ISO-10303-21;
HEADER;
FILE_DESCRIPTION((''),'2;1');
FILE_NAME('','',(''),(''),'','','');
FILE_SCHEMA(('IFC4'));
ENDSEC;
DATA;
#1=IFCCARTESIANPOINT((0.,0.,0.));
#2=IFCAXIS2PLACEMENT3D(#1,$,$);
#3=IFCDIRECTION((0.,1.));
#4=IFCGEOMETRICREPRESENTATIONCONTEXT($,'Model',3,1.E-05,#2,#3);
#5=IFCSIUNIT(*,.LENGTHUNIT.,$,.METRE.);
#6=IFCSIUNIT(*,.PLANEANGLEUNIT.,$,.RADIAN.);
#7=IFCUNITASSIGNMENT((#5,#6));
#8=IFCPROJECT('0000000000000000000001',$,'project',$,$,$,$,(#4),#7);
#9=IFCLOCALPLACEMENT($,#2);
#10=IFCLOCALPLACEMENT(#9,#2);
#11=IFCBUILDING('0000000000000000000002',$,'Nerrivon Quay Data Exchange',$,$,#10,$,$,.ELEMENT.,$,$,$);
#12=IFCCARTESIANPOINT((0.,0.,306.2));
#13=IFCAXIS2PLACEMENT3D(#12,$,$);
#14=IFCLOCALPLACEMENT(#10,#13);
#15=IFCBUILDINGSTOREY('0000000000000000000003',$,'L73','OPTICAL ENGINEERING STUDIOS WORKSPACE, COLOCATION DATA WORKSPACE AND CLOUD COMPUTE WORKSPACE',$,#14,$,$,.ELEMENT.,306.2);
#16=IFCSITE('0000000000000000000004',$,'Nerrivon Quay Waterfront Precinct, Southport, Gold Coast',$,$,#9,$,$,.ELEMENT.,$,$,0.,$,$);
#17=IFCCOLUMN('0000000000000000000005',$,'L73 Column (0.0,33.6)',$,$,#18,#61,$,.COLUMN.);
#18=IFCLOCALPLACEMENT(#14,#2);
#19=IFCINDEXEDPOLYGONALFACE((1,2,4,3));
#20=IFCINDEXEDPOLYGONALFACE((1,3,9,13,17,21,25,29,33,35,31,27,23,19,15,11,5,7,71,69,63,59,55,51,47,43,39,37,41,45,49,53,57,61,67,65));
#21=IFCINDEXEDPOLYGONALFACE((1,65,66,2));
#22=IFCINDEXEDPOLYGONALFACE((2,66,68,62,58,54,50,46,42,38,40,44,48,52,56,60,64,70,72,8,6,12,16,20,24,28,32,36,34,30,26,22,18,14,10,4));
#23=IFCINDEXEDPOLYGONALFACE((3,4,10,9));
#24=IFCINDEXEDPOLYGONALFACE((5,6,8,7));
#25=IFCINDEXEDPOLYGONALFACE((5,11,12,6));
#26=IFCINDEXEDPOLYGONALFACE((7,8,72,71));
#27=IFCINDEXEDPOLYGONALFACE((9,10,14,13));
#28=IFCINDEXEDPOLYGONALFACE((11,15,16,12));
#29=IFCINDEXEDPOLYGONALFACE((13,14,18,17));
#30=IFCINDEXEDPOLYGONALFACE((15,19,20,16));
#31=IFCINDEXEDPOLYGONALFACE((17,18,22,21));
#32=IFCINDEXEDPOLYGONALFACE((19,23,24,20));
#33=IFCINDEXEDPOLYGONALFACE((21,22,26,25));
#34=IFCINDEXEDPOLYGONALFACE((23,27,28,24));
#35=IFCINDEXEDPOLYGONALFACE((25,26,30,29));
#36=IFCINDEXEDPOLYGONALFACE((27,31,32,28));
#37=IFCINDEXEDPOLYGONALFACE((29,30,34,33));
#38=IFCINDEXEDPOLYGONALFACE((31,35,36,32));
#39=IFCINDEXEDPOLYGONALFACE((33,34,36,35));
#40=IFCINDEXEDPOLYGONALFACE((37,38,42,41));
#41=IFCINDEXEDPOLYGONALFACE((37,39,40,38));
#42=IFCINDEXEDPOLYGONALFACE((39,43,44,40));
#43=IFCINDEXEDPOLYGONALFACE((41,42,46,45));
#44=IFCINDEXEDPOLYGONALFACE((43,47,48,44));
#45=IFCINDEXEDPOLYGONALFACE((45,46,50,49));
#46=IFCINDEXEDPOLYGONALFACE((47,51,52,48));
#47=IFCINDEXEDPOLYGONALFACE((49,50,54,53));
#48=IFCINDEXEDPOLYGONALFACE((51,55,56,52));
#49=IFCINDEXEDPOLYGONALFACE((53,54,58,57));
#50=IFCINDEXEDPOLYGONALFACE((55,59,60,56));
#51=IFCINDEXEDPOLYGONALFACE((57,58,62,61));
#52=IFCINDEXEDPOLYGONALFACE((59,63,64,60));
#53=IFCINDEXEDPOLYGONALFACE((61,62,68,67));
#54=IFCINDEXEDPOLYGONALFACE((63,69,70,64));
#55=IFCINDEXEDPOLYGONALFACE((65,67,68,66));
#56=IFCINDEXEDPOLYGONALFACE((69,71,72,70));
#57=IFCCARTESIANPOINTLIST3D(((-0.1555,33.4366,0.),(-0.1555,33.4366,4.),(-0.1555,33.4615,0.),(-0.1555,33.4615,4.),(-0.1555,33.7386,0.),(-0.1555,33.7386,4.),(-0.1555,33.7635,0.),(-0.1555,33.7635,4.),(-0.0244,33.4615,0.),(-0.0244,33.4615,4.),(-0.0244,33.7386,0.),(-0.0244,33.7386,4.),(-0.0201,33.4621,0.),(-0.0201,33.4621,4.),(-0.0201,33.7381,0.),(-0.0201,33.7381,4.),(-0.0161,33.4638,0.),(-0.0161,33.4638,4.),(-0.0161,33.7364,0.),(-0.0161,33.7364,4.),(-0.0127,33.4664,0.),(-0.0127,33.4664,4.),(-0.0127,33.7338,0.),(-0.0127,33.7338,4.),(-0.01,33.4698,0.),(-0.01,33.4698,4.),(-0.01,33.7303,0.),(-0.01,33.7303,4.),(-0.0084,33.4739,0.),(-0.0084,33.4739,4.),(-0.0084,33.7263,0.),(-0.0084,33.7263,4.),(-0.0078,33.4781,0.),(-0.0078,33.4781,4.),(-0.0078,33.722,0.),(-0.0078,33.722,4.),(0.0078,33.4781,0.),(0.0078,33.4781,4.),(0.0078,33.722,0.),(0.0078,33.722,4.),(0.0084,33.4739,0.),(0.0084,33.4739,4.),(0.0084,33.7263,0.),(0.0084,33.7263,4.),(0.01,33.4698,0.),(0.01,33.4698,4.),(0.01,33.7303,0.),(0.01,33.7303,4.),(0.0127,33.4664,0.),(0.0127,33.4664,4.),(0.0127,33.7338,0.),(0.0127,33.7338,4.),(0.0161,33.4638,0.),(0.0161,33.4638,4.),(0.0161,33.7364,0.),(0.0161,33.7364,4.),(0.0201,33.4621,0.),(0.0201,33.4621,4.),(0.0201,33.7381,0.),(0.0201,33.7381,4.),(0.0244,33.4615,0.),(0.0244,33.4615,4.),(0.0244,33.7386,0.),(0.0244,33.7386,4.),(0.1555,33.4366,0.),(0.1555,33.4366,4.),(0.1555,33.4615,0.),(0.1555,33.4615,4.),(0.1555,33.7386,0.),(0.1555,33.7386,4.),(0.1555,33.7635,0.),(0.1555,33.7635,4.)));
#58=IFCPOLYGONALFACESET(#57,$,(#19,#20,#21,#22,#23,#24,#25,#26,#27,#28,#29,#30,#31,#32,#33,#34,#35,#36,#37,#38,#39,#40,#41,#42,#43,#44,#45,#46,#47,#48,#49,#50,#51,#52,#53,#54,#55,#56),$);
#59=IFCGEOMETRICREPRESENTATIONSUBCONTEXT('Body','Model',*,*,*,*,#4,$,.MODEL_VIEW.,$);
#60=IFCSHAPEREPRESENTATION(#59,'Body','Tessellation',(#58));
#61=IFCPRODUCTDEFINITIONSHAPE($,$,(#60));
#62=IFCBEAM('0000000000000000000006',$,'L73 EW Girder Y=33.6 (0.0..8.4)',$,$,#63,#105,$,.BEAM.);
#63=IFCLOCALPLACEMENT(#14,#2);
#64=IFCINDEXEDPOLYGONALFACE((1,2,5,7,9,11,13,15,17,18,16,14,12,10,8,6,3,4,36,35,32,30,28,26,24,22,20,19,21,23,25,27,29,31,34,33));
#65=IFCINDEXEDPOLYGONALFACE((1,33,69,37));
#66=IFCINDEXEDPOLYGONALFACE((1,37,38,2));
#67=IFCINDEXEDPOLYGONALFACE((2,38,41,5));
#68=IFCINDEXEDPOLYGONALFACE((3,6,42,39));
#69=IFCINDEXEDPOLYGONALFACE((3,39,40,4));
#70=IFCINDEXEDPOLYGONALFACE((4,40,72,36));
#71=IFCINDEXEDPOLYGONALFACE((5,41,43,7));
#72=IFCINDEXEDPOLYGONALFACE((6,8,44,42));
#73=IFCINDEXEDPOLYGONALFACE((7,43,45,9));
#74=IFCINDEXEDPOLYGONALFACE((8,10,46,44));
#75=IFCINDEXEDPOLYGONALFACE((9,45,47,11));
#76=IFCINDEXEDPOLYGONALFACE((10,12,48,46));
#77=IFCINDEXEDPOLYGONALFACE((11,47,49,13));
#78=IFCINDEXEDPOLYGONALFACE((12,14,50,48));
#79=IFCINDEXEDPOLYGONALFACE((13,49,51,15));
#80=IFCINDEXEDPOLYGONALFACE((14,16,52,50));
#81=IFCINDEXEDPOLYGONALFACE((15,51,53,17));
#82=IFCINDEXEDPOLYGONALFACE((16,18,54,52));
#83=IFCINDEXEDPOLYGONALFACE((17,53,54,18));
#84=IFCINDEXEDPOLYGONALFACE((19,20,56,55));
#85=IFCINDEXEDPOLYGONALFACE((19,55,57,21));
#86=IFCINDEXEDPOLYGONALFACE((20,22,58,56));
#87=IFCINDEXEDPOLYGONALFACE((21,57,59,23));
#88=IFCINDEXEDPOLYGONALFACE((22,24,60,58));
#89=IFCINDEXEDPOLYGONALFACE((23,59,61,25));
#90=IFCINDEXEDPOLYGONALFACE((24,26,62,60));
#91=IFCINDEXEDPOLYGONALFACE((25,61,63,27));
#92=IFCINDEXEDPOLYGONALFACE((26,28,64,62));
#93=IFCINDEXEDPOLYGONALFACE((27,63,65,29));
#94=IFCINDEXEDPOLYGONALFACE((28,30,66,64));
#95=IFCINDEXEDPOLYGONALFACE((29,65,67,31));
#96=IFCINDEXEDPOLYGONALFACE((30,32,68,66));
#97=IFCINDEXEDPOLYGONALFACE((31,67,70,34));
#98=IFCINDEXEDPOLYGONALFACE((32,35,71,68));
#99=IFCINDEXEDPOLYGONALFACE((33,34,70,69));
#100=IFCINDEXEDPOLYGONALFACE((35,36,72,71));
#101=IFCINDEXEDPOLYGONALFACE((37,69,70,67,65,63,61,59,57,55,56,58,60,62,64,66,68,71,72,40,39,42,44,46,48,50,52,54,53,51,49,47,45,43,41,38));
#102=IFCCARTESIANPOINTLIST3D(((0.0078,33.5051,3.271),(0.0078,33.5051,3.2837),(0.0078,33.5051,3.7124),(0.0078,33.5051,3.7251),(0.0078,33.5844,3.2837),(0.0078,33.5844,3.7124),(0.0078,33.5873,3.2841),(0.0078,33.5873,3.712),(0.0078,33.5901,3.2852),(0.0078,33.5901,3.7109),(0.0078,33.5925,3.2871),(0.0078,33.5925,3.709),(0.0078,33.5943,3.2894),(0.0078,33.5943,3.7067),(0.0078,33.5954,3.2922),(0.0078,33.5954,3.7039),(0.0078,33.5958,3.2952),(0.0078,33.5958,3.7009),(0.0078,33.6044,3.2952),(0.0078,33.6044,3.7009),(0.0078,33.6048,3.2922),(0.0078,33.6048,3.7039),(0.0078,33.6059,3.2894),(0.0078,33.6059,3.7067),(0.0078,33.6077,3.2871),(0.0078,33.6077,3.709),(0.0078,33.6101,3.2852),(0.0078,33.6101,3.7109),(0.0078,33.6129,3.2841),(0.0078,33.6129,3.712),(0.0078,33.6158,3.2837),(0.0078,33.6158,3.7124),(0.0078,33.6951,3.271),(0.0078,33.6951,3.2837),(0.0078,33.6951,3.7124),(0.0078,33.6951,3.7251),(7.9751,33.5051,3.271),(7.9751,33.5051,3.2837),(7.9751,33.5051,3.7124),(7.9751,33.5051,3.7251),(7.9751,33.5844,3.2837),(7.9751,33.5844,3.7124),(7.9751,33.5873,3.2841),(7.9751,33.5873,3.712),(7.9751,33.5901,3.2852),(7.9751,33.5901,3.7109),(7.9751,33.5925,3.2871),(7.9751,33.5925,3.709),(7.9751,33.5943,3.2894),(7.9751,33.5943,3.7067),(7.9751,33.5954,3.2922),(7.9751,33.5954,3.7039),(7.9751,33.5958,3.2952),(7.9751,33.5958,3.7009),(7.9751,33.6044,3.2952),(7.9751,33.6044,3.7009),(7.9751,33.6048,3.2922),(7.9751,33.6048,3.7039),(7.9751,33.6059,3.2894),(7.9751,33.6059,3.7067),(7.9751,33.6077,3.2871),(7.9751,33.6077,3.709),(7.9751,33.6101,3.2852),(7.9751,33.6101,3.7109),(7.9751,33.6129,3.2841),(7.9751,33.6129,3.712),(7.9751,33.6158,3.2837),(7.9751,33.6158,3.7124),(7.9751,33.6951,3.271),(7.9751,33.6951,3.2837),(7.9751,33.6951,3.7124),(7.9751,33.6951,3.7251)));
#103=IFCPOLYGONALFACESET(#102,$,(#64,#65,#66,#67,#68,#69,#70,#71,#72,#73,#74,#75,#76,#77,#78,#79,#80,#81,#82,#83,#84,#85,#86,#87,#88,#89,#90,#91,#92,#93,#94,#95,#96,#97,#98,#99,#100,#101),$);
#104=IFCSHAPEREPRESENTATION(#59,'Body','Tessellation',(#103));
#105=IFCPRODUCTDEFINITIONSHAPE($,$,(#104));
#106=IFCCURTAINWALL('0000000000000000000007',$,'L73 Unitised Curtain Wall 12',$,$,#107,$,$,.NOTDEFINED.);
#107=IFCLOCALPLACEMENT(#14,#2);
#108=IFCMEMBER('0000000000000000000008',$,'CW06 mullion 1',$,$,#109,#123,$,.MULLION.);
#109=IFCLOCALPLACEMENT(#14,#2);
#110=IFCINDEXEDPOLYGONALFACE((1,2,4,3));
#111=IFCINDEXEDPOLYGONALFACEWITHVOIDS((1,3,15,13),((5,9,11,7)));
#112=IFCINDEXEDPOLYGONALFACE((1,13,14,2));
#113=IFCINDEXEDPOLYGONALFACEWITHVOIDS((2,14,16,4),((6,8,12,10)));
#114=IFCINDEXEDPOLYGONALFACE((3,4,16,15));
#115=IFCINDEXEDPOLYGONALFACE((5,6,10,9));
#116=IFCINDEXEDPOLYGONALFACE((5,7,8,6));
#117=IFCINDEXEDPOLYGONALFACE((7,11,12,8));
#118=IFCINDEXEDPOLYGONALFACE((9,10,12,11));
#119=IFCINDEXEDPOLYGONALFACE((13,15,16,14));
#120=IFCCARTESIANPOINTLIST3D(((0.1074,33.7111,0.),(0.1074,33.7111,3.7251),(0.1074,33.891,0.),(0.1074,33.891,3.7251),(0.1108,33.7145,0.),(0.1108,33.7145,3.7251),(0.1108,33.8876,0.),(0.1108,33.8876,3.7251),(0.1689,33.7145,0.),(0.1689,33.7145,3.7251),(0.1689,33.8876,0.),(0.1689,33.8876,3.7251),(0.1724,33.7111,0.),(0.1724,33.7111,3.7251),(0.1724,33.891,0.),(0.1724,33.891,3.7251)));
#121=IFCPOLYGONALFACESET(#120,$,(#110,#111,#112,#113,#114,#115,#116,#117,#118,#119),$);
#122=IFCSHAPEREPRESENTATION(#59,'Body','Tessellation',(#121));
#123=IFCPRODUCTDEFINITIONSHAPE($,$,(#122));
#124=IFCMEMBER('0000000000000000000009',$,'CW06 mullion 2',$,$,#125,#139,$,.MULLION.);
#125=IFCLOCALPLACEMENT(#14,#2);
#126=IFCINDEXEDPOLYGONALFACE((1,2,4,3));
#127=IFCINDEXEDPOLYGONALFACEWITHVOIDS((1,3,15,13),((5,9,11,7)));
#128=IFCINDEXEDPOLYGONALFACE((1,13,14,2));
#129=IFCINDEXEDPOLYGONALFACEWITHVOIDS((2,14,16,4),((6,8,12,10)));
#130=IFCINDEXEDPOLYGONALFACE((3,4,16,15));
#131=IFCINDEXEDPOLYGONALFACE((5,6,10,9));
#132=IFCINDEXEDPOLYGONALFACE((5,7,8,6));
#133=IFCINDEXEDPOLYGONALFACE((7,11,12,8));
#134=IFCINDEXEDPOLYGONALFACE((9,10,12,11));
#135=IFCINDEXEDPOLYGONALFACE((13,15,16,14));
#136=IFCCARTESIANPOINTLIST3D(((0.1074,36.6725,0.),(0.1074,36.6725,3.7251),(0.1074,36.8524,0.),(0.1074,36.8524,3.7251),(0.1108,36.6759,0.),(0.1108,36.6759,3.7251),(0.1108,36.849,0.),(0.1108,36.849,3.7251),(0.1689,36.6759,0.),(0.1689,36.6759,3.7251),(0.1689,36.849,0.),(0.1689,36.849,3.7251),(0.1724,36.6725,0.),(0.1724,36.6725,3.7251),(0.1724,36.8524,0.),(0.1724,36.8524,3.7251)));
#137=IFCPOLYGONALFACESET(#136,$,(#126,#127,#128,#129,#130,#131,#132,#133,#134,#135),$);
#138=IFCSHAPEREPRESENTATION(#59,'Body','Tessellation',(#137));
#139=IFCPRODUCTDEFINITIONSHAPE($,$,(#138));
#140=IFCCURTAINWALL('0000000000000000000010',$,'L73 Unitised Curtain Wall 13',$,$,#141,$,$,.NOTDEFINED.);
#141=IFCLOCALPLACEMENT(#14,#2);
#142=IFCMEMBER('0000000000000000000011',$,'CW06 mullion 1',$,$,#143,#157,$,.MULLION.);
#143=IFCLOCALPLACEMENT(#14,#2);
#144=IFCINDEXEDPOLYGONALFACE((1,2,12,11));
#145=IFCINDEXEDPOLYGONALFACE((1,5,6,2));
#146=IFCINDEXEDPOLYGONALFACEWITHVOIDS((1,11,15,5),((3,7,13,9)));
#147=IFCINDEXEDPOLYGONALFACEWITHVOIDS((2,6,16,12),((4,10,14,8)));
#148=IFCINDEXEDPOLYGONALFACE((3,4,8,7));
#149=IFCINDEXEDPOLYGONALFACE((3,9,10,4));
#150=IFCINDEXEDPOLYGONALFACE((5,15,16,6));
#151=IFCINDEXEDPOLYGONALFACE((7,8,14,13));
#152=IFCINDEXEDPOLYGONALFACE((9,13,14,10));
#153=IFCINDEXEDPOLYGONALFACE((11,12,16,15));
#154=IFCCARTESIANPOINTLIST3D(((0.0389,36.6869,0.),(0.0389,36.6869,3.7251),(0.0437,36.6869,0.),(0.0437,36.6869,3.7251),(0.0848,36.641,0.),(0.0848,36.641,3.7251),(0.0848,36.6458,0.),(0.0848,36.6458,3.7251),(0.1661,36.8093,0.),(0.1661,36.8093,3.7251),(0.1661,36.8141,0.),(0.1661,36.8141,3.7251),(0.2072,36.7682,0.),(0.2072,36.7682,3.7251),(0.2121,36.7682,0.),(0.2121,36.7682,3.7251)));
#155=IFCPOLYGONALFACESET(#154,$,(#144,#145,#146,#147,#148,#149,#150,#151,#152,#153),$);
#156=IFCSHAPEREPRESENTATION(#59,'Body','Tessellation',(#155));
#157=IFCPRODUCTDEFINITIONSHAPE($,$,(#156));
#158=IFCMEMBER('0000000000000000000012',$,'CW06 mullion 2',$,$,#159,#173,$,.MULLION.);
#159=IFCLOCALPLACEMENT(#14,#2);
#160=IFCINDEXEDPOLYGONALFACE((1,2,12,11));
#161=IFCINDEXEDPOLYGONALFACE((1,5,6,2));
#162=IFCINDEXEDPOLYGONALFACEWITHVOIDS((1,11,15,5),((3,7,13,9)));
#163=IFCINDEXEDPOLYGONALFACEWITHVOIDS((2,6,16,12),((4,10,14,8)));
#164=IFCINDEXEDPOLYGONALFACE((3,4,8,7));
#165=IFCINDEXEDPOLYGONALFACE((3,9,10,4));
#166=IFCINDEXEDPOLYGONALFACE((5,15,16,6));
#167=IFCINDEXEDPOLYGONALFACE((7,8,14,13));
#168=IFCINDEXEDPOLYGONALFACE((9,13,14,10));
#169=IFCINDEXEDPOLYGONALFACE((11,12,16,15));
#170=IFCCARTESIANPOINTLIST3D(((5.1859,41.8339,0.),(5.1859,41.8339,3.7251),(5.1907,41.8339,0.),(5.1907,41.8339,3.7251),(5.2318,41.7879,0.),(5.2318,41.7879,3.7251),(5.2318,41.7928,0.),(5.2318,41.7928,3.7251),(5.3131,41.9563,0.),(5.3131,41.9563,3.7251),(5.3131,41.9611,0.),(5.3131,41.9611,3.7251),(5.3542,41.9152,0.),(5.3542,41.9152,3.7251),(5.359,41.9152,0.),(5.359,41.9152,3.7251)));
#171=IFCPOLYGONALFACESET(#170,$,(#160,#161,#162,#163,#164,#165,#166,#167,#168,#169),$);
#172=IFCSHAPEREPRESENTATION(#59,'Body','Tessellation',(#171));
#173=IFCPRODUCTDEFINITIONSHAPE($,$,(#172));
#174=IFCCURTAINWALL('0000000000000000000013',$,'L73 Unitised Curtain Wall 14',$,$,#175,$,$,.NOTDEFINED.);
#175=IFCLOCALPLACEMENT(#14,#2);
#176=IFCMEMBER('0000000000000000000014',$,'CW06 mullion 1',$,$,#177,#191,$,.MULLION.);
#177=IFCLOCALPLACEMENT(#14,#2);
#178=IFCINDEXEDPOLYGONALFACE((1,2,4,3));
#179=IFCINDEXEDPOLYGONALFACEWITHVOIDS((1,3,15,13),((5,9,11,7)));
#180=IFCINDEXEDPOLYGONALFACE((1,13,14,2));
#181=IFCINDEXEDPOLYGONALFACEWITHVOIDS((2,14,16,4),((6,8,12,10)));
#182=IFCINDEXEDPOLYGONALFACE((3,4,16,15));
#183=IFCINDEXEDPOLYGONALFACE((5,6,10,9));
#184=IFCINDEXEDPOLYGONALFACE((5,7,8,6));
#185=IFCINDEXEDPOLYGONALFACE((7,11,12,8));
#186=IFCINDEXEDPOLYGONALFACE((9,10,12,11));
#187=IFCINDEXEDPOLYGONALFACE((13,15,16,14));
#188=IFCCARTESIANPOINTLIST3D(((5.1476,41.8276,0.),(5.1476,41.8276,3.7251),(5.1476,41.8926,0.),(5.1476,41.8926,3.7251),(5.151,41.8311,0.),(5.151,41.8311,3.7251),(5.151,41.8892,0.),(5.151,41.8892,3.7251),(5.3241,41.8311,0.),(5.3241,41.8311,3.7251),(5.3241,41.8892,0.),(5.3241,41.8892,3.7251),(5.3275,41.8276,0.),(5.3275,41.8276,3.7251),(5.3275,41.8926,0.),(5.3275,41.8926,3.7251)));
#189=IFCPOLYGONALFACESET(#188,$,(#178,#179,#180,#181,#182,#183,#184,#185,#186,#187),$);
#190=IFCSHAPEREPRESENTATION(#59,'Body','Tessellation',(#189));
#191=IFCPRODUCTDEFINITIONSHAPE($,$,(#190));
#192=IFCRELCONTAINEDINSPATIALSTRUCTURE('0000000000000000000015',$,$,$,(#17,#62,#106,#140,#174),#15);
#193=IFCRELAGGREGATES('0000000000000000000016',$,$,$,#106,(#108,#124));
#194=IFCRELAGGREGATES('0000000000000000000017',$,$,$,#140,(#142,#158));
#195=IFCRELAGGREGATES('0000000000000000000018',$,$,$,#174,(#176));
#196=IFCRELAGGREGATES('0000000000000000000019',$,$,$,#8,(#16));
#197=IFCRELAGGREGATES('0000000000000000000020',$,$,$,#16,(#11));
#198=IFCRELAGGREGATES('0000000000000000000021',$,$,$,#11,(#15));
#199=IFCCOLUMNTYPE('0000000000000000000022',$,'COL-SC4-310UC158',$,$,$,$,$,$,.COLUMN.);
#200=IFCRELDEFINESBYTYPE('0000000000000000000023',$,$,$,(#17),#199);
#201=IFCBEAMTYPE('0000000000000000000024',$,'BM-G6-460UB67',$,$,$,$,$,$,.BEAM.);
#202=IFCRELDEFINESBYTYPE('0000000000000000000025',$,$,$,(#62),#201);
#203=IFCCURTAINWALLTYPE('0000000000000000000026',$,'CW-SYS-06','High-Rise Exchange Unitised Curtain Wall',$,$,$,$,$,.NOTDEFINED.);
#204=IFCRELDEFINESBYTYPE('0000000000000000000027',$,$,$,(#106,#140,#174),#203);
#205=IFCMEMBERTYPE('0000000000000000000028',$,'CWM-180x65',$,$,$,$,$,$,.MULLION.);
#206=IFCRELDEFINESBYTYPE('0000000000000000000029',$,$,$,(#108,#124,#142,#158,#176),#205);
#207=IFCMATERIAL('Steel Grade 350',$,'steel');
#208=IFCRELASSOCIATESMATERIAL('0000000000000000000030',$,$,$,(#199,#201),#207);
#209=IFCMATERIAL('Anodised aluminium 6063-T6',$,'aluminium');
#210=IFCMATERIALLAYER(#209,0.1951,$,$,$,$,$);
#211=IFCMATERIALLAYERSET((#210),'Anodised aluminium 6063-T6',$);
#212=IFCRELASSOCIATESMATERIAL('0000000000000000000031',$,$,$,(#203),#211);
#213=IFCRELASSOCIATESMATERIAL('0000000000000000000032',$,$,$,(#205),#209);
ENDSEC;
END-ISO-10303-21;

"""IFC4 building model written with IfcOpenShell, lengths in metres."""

from ifc_helpers import new_model, si_unit, direction, frame, origin, origin_2d, place, context, subcontext, project, spatial, hollow_rectangle, i_section, extrude, material, layer, layer_set, material_profile, profile_set, type_object, element, aggregate, save


model = new_model("IFC4")

# Units and contexts
model_context = context("Model", 3, precision=1e-05, world=origin(), true_north=direction((0.0, 1.0)))
body_context = subcontext(model_context, "Body", "Model", "MODEL_VIEW")
ifc_project = project(units=[si_unit("LENGTHUNIT", "METRE"), si_unit("PLANEANGLEUNIT", "RADIAN")], contexts=[model_context])

# Site, building, storey
site_placement = place(None, origin())
site = spatial("IfcSite", under=ifc_project, at=site_placement, Name="Nerrivon Quay Waterfront Precinct, Southport, Gold Coast", CompositionType="ELEMENT", RefElevation=0.0)
building_placement = place(site_placement, origin())
building = spatial("IfcBuilding", under=site, at=building_placement, Name="Nerrivon Quay Data Exchange", CompositionType="ELEMENT")
storey_placement = place(building_placement, frame((0.0, 0.0, 306.2)))
storey = spatial("IfcBuildingStorey", under=building, at=storey_placement, Name="L73", Description="OPTICAL ENGINEERING STUDIOS WORKSPACE, COLOCATION DATA WORKSPACE AND CLOUD COMPUTE WORKSPACE", CompositionType="ELEMENT", Elevation=306.2)

# Column
ifc_material_1 = material(Name="Steel Grade 350", Category="steel")
ifc_material_profile_1 = material_profile(ifc_material_1, i_section(OverallWidth=0.311, OverallDepth=0.3269, WebThickness=0.0156, FlangeThickness=0.0249, FilletRadius=0.0166, at=origin_2d()), Name="310UC158")
ifc_profile_set_1 = profile_set([ifc_material_profile_1], Name="Steel Grade 350")
column_type = type_object("IfcColumnType", Name="COL-SC4-310UC158", PredefinedType="COLUMN", material=ifc_profile_set_1)
column_placement = place(storey_placement, frame((0.0, 33.6001, 0.0), z_axis=(0.0, 0.0, 1.0), x_axis=(1.0, 0.0, 0.0)))
element("IfcColumn", 1, at=column_placement, inside=storey, type_object=column_type, Name="L73 Column (0.0,33.6)", PredefinedType="COLUMN", context=body_context, shape_type="SweptSolid", body=[
    extrude(i_section(OverallWidth=0.311, OverallDepth=0.3269, WebThickness=0.0156, FlangeThickness=0.0249, FilletRadius=0.0166, at=origin_2d()), origin(), (0.0, 0.0, 1.0), 4.0),
])

# Beam
ifc_material_profile_2 = material_profile(ifc_material_1, i_section(OverallWidth=0.1899, OverallDepth=0.4541, WebThickness=0.0085, FlangeThickness=0.0127, FilletRadius=0.0115, at=origin_2d()), Name="460UB67.1")
ifc_profile_set_2 = profile_set([ifc_material_profile_2], Name="Steel Grade 350")
beam_type = type_object("IfcBeamType", Name="BM-G6-460UB67", PredefinedType="BEAM", material=ifc_profile_set_2)
beam_placement = place(storey_placement, frame((0.0078, 33.6001, 3.498), z_axis=(1.0, 0.0, 0.0), x_axis=(0.0, 1.0, 0.0)))
element("IfcBeam", 2, at=beam_placement, inside=storey, type_object=beam_type, Name="L73 EW Girder Y=33.6 (0.0..8.4)", PredefinedType="BEAM", context=body_context, shape_type="SweptSolid", body=[
    extrude(i_section(OverallWidth=0.1899, OverallDepth=0.4541, WebThickness=0.0085, FlangeThickness=0.0127, FilletRadius=0.0115, at=origin_2d()), origin(), (0.0, 0.0, 1.0), 7.9673),
])

# Curtain walls, members
ifc_material_2 = material(Name="Anodised aluminium 6063-T6", Category="aluminium")
ifc_layer_1 = layer(ifc_material_2, 0.1951)
ifc_layer_set_1 = layer_set([ifc_layer_1], Name="Anodised aluminium 6063-T6")
curtain_wall_type = type_object("IfcCurtainWallType", Name="CW-SYS-06", Description="High-Rise Exchange Unitised Curtain Wall", PredefinedType="NOTDEFINED", material=ifc_layer_set_1)
curtain_wall_1_placement = place(storey_placement, origin())
curtain_wall_1 = element("IfcCurtainWall", 3, at=curtain_wall_1_placement, inside=storey, type_object=curtain_wall_type, Name="L73 Unitised Curtain Wall 12", PredefinedType="NOTDEFINED")
ifc_material_profile_3 = material_profile(ifc_material_2, hollow_rectangle(XDim=0.0649, YDim=0.1799, WallThickness=0.0034, at=origin_2d()), Name="ALU-MULL-180x65")
ifc_profile_set_3 = profile_set([ifc_material_profile_3], Name="Anodised aluminium 6063-T6")
member_type_1 = type_object("IfcMemberType", Name="CWM-180x65", PredefinedType="MULLION", material=ifc_profile_set_3)
member_1_placement = place(storey_placement, frame((0.1399, 33.801, 0.0), z_axis=(0.0, 0.0, 1.0), x_axis=(-1.0, 0.0, 0.0)))
member_1 = element("IfcMember", 4, at=member_1_placement, type_object=member_type_1, Name="CW06 mullion 1", PredefinedType="MULLION", context=body_context, shape_type="SweptSolid", body=[
    extrude(hollow_rectangle(XDim=0.0649, YDim=0.1799, WallThickness=0.0034, at=origin_2d()), origin(), (0.0, 0.0, 1.0), 3.7251),
])
member_2_placement = place(storey_placement, frame((0.1399, 36.7625, 0.0), z_axis=(0.0, 0.0, 1.0), x_axis=(-1.0, 0.0, 0.0)))
member_2 = element("IfcMember", 5, at=member_2_placement, type_object=member_type_1, Name="CW06 mullion 2", PredefinedType="MULLION", context=body_context, shape_type="SweptSolid", body=[
    extrude(hollow_rectangle(XDim=0.0649, YDim=0.1799, WallThickness=0.0034, at=origin_2d()), origin(), (0.0, 0.0, 1.0), 3.7251),
])
curtain_wall_2_placement = place(storey_placement, origin())
curtain_wall_2 = element("IfcCurtainWall", 6, at=curtain_wall_2_placement, inside=storey, type_object=curtain_wall_type, Name="L73 Unitised Curtain Wall 13", PredefinedType="NOTDEFINED")
member_3_placement = place(storey_placement, frame((0.1255, 36.7275, 0.0), z_axis=(0.0, 0.0, 1.0), x_axis=(-0.707107, 0.707107, 0.0)))
member_3 = element("IfcMember", 7, at=member_3_placement, type_object=member_type_1, Name="CW06 mullion 1", PredefinedType="MULLION", context=body_context, shape_type="SweptSolid", body=[
    extrude(hollow_rectangle(XDim=0.0649, YDim=0.1799, WallThickness=0.0034, at=origin_2d()), origin(), (0.0, 0.0, 1.0), 3.7251),
])
member_4_placement = place(storey_placement, frame((5.2725, 41.8745, 0.0), z_axis=(0.0, 0.0, 1.0), x_axis=(-0.707107, 0.707107, 0.0)))
member_4 = element("IfcMember", 8, at=member_4_placement, type_object=member_type_1, Name="CW06 mullion 2", PredefinedType="MULLION", context=body_context, shape_type="SweptSolid", body=[
    extrude(hollow_rectangle(XDim=0.0649, YDim=0.1799, WallThickness=0.0034, at=origin_2d()), origin(), (0.0, 0.0, 1.0), 3.7251),
])

# Curtain wall, member
curtain_wall_3_placement = place(storey_placement, origin())
curtain_wall_3 = element("IfcCurtainWall", 9, at=curtain_wall_3_placement, inside=storey, type_object=curtain_wall_type, Name="L73 Unitised Curtain Wall 14", PredefinedType="NOTDEFINED")
member_5_placement = place(storey_placement, frame((5.2375, 41.8601, 0.0), z_axis=(0.0, 0.0, 1.0), x_axis=(0.0, 1.0, 0.0)))
member_5 = element("IfcMember", 10, at=member_5_placement, type_object=member_type_1, Name="CW06 mullion 1", PredefinedType="MULLION", context=body_context, shape_type="SweptSolid", body=[
    extrude(hollow_rectangle(XDim=0.0649, YDim=0.1799, WallThickness=0.0034, at=origin_2d()), origin(), (0.0, 0.0, 1.0), 3.7251),
])

aggregate(curtain_wall_1, [member_1, member_2])
aggregate(curtain_wall_2, [member_3, member_4])
aggregate(curtain_wall_3, [member_5])

save(model, "model.ifc")
